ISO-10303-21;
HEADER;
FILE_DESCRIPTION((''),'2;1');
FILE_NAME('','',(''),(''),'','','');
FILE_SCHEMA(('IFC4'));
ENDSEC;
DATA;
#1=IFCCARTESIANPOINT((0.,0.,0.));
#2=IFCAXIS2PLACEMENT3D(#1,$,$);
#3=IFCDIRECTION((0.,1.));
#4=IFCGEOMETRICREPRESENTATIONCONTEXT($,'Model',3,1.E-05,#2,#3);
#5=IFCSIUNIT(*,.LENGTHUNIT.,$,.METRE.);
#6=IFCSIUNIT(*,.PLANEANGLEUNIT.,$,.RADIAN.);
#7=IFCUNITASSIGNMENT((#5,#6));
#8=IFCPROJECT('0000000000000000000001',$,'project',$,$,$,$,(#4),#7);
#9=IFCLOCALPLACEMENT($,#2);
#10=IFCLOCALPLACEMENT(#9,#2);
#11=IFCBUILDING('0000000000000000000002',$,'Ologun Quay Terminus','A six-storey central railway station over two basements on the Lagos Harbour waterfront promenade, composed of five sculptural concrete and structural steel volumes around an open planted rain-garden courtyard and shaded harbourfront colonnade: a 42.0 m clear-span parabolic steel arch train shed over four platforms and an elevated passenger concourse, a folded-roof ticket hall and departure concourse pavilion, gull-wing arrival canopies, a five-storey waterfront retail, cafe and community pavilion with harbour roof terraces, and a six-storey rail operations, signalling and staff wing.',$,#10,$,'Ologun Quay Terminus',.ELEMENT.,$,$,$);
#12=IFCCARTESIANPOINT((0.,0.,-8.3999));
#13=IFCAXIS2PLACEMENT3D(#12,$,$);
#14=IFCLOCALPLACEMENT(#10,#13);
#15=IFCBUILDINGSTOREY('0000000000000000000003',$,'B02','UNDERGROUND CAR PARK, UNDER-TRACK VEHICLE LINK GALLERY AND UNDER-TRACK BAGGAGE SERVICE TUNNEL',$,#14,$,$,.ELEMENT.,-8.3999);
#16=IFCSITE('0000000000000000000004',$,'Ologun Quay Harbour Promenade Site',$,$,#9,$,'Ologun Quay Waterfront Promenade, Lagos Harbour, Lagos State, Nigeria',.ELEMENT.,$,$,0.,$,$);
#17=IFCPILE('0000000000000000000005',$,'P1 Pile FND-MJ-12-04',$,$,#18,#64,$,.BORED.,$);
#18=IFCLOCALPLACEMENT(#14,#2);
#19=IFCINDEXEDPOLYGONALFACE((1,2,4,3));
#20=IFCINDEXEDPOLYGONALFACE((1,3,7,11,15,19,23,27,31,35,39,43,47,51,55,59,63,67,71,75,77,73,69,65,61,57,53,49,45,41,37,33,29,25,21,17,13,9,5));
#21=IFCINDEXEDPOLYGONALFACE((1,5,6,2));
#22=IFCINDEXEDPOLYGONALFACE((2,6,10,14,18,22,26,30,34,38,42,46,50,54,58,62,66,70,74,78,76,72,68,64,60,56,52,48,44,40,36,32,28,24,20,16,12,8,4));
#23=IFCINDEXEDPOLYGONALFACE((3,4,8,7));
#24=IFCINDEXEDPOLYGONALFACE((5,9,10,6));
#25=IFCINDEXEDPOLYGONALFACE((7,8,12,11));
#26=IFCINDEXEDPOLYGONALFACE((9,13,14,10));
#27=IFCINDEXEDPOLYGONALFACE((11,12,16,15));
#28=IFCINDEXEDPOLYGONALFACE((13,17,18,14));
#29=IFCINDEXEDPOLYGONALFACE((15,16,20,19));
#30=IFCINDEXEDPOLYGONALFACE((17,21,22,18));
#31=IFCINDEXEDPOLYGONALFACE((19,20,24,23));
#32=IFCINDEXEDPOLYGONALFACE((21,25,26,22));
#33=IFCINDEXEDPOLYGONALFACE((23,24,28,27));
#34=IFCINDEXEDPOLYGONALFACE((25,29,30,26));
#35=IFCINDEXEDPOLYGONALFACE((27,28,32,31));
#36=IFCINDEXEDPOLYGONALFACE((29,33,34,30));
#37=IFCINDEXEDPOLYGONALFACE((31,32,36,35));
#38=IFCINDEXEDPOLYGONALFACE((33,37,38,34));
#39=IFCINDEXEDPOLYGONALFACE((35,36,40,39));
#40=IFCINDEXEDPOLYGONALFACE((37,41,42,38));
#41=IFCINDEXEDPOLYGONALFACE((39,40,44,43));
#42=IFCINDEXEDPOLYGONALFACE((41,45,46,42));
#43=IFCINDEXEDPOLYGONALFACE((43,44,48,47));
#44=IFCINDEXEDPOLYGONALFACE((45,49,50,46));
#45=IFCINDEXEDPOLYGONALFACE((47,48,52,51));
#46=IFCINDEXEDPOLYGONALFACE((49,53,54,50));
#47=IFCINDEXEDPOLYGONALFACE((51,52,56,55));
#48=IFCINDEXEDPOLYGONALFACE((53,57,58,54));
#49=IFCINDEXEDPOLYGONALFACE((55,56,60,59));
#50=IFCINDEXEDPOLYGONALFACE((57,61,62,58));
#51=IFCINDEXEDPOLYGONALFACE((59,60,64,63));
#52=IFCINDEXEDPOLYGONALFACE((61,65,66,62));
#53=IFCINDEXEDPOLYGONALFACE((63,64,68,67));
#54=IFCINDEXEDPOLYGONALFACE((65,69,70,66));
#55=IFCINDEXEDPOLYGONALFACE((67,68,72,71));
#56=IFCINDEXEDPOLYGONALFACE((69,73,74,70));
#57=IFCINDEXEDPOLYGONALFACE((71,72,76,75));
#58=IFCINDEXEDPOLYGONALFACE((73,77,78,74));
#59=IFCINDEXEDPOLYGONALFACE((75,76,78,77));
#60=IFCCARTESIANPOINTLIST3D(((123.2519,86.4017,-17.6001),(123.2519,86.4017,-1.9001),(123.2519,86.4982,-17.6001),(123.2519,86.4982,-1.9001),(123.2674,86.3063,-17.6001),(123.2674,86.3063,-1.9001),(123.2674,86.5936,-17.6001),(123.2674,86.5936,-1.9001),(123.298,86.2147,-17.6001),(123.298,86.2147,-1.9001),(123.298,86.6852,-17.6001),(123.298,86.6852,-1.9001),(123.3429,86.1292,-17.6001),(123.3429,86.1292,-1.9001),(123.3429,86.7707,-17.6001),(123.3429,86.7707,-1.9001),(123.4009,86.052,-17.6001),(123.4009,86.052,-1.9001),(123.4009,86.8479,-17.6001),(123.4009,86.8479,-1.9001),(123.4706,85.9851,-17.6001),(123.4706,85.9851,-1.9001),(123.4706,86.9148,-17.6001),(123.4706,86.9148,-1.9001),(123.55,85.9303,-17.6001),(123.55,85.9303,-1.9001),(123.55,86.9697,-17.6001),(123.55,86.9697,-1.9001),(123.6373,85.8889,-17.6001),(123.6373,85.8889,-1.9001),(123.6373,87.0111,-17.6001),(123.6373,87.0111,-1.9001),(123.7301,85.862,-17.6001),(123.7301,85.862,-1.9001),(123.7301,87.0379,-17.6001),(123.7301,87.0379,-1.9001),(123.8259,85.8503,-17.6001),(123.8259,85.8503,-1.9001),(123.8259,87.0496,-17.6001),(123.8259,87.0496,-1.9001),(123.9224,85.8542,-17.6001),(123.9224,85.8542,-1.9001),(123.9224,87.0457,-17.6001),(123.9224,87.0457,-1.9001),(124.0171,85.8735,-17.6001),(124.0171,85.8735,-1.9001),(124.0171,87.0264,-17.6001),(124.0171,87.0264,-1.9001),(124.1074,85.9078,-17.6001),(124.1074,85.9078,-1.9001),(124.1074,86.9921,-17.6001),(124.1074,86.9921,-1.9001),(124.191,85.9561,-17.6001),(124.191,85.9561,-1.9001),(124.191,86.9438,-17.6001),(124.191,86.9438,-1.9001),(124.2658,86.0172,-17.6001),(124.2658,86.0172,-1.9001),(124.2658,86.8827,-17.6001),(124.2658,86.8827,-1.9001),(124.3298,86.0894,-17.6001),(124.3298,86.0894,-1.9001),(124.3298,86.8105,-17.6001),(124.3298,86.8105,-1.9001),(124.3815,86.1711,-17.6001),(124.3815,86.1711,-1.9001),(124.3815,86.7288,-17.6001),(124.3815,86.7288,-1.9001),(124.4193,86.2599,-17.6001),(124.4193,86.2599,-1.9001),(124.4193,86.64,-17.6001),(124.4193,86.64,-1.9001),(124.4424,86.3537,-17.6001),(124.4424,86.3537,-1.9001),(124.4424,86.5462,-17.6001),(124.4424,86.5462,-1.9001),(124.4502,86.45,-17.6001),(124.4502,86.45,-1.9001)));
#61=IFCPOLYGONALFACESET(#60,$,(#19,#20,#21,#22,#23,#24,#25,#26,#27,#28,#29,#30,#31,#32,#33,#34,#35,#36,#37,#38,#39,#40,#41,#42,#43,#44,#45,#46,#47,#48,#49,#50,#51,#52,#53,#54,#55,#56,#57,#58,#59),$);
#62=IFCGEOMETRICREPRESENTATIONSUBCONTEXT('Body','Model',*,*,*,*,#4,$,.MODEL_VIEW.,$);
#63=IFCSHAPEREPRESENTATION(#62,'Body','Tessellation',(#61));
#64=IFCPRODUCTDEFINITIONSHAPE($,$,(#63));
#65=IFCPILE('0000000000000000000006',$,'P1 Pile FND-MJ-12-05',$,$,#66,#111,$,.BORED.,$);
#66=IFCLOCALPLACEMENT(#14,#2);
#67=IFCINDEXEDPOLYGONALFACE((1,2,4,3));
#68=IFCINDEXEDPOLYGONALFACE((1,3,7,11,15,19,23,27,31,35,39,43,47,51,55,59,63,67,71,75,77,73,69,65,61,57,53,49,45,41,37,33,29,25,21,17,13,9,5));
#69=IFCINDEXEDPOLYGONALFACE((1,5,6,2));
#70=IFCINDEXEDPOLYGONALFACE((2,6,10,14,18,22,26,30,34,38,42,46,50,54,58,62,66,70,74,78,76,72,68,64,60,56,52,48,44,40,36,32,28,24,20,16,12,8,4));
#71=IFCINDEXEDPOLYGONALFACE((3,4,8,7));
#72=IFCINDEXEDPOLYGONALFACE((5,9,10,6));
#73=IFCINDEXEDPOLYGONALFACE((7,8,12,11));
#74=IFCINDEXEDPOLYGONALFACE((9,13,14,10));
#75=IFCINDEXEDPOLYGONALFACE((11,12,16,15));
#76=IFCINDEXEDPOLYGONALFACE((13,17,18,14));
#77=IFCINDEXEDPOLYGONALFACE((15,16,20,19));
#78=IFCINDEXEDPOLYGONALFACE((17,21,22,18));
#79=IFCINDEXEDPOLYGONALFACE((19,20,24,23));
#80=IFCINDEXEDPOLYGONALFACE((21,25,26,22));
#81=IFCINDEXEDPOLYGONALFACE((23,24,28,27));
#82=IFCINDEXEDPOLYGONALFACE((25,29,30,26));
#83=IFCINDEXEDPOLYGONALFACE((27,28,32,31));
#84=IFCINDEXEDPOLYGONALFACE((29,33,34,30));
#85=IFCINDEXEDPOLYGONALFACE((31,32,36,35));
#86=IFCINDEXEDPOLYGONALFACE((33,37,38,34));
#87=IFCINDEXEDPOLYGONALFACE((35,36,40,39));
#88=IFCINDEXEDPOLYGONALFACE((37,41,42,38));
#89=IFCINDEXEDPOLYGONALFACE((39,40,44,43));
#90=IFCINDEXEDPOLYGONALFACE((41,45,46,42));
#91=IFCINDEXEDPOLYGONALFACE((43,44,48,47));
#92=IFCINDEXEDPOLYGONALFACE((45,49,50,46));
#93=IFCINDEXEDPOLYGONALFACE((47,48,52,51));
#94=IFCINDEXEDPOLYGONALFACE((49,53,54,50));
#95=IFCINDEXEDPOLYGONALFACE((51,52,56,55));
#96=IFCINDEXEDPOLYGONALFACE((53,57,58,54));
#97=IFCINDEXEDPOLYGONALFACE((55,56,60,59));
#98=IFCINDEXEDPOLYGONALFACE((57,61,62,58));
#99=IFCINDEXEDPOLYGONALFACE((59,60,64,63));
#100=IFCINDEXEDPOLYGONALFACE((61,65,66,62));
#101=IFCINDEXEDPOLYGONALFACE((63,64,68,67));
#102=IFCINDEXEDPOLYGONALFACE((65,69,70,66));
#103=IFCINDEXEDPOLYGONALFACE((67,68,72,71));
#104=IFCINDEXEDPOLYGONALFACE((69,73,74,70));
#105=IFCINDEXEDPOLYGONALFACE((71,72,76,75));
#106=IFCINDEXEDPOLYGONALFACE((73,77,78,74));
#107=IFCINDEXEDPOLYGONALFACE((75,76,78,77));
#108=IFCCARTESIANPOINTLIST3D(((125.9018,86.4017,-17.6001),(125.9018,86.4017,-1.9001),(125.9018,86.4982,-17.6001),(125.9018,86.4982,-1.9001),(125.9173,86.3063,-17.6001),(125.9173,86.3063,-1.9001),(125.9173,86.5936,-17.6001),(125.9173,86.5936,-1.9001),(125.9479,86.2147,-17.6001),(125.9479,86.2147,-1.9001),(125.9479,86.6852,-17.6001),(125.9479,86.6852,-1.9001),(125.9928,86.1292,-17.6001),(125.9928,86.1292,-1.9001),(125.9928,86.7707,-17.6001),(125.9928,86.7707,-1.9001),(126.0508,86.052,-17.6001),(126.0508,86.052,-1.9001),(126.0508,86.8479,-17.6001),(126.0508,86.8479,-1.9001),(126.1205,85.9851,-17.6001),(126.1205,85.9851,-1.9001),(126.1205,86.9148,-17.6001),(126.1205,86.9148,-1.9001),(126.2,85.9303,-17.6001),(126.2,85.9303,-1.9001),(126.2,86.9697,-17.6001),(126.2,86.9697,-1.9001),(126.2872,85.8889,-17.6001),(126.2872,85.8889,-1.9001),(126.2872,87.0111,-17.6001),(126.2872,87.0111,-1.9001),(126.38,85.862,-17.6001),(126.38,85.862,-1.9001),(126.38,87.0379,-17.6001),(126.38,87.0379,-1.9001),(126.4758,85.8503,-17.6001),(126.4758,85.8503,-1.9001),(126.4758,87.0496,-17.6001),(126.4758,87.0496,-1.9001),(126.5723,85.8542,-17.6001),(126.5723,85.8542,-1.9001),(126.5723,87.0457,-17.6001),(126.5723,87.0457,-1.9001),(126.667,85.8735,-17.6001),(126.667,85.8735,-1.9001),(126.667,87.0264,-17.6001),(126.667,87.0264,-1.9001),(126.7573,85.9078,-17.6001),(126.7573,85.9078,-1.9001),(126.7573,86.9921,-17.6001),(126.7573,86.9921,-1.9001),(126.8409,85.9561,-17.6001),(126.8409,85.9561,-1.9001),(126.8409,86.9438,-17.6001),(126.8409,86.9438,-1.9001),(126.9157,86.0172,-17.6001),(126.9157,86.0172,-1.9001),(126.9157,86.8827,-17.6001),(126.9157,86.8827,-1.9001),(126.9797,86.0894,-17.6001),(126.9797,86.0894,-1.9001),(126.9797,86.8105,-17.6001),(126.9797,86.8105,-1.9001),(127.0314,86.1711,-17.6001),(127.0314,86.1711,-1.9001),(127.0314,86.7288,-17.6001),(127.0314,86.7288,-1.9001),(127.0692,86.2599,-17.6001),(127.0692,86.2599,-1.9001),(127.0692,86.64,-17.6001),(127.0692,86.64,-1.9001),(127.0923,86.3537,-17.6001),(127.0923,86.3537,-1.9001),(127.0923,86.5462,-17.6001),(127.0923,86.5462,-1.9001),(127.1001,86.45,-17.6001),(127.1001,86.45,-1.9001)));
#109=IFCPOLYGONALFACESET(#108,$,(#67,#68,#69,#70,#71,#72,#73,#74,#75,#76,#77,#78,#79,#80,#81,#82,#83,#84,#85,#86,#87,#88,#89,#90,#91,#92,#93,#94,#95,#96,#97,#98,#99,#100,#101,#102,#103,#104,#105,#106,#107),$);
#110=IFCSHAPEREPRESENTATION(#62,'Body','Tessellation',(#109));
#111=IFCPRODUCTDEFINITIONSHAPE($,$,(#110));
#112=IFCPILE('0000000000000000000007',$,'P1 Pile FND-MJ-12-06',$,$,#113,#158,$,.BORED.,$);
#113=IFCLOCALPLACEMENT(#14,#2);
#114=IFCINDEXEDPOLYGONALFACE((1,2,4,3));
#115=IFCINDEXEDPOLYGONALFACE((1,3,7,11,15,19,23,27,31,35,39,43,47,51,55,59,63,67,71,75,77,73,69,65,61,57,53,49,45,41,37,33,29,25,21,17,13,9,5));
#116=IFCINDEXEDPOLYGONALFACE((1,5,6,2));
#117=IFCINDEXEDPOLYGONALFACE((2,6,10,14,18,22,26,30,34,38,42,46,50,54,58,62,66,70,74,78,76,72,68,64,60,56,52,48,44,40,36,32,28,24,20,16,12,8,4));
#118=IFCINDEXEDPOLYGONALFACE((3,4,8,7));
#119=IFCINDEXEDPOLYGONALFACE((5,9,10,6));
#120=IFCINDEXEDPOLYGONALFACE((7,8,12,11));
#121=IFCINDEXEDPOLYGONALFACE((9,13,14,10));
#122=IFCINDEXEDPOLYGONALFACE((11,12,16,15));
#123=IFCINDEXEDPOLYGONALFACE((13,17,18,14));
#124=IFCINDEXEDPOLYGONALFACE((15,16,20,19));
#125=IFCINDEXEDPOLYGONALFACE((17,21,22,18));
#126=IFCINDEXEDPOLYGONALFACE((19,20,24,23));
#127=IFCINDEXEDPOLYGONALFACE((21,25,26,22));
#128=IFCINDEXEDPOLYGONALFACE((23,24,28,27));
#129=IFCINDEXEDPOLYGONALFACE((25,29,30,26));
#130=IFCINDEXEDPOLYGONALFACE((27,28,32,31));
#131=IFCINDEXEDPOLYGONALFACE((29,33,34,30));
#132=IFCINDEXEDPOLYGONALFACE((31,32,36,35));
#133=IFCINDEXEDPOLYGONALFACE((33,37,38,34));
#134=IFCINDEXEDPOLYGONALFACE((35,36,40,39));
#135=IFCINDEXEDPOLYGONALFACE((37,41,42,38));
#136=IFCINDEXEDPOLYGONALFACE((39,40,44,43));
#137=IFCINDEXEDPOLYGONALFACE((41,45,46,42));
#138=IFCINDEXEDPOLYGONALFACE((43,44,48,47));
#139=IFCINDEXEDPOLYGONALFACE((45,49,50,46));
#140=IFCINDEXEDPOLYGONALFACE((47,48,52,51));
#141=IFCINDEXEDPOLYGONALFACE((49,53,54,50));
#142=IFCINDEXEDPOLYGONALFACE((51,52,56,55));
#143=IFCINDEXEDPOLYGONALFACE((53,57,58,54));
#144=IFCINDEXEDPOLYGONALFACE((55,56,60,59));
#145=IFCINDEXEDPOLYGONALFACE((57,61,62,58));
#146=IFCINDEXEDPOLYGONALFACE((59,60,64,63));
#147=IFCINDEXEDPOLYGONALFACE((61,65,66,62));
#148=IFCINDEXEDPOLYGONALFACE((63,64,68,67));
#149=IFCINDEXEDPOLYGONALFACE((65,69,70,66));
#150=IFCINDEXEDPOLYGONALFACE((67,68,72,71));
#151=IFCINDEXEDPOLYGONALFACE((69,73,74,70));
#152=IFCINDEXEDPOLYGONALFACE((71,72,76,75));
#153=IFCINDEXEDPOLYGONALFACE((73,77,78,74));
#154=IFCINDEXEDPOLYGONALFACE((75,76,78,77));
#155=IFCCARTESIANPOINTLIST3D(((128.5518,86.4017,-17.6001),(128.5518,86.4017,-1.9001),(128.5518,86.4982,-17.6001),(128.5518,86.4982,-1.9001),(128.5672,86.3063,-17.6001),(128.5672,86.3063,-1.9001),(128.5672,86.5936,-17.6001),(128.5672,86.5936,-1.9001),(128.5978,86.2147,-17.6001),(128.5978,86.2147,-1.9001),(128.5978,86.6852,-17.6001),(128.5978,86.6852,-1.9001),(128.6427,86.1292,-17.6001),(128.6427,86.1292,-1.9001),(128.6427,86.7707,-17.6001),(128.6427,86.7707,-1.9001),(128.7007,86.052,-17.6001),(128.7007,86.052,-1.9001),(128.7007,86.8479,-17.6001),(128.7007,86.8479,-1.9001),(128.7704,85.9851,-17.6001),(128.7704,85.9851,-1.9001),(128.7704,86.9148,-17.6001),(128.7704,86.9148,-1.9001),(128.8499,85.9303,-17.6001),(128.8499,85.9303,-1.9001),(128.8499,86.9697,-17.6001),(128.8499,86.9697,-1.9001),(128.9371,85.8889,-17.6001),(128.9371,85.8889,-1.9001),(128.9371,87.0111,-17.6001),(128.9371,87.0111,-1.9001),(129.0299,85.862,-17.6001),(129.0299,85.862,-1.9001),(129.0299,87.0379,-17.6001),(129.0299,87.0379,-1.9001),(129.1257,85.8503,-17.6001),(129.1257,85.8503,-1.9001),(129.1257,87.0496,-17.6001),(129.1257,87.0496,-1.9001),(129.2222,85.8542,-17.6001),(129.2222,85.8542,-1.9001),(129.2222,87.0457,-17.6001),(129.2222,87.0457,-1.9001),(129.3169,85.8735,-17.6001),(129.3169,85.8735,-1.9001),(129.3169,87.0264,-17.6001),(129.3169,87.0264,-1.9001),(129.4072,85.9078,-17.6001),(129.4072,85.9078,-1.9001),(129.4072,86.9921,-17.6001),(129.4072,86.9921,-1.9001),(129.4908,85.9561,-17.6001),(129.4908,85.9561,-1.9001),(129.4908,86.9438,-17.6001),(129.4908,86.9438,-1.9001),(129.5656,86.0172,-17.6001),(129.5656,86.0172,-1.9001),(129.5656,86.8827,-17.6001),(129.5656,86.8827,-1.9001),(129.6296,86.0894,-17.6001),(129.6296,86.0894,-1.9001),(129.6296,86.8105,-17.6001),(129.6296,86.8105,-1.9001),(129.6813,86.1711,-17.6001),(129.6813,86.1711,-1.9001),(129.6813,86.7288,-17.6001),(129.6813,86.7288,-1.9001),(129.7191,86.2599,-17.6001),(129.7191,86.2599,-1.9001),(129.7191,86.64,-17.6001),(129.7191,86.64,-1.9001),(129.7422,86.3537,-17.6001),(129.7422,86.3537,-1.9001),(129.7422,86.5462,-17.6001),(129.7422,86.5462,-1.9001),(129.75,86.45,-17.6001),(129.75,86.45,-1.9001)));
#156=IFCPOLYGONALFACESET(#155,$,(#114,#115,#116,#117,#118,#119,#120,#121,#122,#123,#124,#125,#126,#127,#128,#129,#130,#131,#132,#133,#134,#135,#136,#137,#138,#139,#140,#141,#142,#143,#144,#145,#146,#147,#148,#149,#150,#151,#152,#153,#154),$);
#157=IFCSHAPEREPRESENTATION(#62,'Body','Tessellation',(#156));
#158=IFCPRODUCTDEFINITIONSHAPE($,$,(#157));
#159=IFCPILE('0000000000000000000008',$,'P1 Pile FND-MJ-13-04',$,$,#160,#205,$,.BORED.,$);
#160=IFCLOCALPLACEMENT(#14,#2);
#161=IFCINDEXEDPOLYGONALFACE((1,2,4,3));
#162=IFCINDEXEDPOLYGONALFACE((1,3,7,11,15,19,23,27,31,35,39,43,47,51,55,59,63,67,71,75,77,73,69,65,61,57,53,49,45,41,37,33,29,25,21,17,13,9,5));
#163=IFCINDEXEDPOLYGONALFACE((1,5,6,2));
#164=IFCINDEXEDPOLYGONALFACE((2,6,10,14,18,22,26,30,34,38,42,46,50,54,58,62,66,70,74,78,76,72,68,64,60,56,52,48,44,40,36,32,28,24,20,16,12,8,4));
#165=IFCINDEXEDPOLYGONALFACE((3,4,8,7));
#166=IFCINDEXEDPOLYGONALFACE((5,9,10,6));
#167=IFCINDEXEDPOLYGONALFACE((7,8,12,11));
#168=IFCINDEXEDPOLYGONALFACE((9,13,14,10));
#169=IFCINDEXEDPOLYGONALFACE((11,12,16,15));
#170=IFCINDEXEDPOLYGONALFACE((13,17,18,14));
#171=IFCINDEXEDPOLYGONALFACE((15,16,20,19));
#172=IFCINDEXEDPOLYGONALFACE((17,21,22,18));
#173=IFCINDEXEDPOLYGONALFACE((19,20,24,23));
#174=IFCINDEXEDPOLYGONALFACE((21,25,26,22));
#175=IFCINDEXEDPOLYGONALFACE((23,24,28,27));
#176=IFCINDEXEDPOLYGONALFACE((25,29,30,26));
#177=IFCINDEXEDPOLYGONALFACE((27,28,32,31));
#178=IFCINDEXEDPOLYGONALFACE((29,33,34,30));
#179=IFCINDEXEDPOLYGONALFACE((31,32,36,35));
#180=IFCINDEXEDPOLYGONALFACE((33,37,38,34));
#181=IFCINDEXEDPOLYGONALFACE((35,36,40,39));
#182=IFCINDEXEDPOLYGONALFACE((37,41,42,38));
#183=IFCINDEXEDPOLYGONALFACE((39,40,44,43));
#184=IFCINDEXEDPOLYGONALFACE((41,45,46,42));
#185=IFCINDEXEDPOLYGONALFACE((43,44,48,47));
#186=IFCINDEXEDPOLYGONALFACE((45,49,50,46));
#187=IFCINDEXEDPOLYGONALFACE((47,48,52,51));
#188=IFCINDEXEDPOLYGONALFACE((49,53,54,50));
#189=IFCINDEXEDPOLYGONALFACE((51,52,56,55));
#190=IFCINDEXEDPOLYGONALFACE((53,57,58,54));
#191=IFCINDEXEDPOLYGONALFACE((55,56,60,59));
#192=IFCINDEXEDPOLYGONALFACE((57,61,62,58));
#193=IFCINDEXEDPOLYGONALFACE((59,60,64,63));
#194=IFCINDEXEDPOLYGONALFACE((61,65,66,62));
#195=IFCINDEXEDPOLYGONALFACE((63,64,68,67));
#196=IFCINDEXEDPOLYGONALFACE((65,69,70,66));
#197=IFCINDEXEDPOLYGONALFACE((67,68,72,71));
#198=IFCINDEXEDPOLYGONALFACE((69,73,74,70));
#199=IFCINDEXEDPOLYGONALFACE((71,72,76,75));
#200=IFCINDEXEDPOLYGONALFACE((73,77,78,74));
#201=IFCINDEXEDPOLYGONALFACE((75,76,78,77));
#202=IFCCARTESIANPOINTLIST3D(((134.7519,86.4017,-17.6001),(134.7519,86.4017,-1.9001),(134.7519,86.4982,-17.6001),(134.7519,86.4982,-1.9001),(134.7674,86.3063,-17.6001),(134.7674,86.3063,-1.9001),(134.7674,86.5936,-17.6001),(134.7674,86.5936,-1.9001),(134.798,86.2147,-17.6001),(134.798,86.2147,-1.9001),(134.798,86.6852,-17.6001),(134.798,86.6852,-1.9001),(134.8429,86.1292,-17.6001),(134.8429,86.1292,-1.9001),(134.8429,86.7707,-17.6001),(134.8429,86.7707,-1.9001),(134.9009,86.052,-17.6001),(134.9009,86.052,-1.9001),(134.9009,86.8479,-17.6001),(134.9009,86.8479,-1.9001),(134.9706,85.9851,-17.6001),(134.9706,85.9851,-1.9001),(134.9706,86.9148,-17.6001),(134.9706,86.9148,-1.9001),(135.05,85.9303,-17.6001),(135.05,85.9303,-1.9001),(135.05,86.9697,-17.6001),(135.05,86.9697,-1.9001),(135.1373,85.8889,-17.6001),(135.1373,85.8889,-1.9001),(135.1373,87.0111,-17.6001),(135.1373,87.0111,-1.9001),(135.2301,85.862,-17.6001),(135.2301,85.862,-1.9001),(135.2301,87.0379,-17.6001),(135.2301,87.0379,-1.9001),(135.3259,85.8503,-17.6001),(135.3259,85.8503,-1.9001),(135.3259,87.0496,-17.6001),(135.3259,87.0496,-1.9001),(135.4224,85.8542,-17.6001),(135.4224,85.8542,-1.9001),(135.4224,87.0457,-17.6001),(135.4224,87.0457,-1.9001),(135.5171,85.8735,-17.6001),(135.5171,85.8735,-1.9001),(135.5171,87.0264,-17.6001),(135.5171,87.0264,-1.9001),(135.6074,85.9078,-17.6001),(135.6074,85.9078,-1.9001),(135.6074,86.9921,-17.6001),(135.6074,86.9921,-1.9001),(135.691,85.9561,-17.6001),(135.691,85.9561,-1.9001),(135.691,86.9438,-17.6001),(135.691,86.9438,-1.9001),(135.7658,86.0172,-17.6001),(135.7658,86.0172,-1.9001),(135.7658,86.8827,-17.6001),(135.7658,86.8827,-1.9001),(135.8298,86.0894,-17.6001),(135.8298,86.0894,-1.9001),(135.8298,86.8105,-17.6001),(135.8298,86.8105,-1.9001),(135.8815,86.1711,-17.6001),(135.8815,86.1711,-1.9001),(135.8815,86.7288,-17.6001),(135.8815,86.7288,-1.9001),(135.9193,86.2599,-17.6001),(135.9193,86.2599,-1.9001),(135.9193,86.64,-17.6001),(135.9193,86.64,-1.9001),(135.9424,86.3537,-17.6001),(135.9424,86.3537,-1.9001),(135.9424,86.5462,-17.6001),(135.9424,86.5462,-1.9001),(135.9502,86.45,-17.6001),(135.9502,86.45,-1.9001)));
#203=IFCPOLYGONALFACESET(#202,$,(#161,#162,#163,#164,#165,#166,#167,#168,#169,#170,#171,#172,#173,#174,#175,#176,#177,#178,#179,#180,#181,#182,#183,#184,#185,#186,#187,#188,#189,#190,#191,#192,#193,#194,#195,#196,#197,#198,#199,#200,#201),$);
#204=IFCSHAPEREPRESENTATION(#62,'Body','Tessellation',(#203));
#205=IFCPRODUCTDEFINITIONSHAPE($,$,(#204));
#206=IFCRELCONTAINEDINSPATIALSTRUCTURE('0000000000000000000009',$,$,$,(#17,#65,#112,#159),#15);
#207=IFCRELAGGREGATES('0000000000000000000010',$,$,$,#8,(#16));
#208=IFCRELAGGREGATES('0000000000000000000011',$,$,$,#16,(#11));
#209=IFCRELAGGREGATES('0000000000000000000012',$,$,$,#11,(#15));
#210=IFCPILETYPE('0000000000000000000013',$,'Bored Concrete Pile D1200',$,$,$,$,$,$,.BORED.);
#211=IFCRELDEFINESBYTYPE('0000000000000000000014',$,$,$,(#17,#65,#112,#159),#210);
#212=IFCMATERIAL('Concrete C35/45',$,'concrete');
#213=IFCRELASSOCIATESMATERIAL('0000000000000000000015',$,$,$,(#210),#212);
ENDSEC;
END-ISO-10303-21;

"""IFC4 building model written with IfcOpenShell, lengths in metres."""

from ifc_helpers import new_model, si_unit, direction, frame, origin, origin_2d, place, context, subcontext, project, spatial, circle, extrude, material, material_profile, profile_set, type_object, element, save


model = new_model("IFC4")

# Units and contexts
model_context = context("Model", 3, precision=1e-05, world=origin(), true_north=direction((0.0, 1.0)))
body_context = subcontext(model_context, "Body", "Model", "MODEL_VIEW")
ifc_project = project(units=[si_unit("LENGTHUNIT", "METRE"), si_unit("PLANEANGLEUNIT", "RADIAN")], contexts=[model_context])

# Site, building, storey
site_placement = place(None, origin())
site = spatial("IfcSite", under=ifc_project, at=site_placement, Name="Ologun Quay Harbour Promenade Site", LongName="Ologun Quay Waterfront Promenade, Lagos Harbour, Lagos State, Nigeria", CompositionType="ELEMENT", RefElevation=0.0)
building_placement = place(site_placement, origin())
building = spatial("IfcBuilding", under=site, at=building_placement, Name="Ologun Quay Terminus", Description="A six-storey central railway station over two basements on the Lagos Harbour waterfront promenade, composed of five sculptural concrete and structural steel volumes around an open planted rain-garden courtyard and shaded harbourfront colonnade: a 42.0 m clear-span parabolic steel arch train shed over four platforms and an elevated passenger concourse, a folded-roof ticket hall and departure concourse pavilion, gull-wing arrival canopies, a five-storey waterfront retail, cafe and community pavilion with harbour roof terraces, and a six-storey rail operations, signalling and staff wing.", LongName="Ologun Quay Terminus", CompositionType="ELEMENT")
storey_placement = place(building_placement, frame((0.0, 0.0, -8.3999)))
storey = spatial("IfcBuildingStorey", under=building, at=storey_placement, Name="B02", Description="UNDERGROUND CAR PARK, UNDER-TRACK VEHICLE LINK GALLERY AND UNDER-TRACK BAGGAGE SERVICE TUNNEL", CompositionType="ELEMENT", Elevation=-8.3999)

# Piles
ifc_material_1 = material(Name="Concrete C35/45", Category="concrete")
ifc_material_profile_1 = material_profile(ifc_material_1, circle(Radius=0.6001, at=origin_2d()), Name="PILE D1200")
ifc_profile_set_1 = profile_set([ifc_material_profile_1], Name="Concrete C35/45")
pile_type = type_object("IfcPileType", Name="Bored Concrete Pile D1200", PredefinedType="BORED", material=ifc_profile_set_1)
for number, where, z_axis, x_axis, name in (
    (1, (123.8501, 86.45, -1.9001), (0.0, 0.0, -1.0), (1.0, 0.0, 0.0), "P1 Pile FND-MJ-12-04"),
    (2, (126.5, 86.45, -1.9001), (0.0, 0.0, -1.0), (1.0, 0.0, 0.0), "P1 Pile FND-MJ-12-05"),
    (3, (129.1499, 86.45, -1.9001), (0.0, 0.0, -1.0), (1.0, 0.0, 0.0), "P1 Pile FND-MJ-12-06"),
    (4, (135.3501, 86.45, -1.9001), (0.0, 0.0, -1.0), (1.0, 0.0, 0.0), "P1 Pile FND-MJ-13-04"),
):
    element("IfcPile", number, at=place(storey_placement, frame(where, z_axis=z_axis, x_axis=x_axis)), inside=storey, type_object=pile_type, Name=name, PredefinedType="BORED", context=body_context, shape_type="SweptSolid", body=[
        extrude(circle(Radius=0.6001, at=origin_2d()), origin(), (0.0, 0.0, 1.0), 15.7),
    ])

save(model, "model.ifc")
